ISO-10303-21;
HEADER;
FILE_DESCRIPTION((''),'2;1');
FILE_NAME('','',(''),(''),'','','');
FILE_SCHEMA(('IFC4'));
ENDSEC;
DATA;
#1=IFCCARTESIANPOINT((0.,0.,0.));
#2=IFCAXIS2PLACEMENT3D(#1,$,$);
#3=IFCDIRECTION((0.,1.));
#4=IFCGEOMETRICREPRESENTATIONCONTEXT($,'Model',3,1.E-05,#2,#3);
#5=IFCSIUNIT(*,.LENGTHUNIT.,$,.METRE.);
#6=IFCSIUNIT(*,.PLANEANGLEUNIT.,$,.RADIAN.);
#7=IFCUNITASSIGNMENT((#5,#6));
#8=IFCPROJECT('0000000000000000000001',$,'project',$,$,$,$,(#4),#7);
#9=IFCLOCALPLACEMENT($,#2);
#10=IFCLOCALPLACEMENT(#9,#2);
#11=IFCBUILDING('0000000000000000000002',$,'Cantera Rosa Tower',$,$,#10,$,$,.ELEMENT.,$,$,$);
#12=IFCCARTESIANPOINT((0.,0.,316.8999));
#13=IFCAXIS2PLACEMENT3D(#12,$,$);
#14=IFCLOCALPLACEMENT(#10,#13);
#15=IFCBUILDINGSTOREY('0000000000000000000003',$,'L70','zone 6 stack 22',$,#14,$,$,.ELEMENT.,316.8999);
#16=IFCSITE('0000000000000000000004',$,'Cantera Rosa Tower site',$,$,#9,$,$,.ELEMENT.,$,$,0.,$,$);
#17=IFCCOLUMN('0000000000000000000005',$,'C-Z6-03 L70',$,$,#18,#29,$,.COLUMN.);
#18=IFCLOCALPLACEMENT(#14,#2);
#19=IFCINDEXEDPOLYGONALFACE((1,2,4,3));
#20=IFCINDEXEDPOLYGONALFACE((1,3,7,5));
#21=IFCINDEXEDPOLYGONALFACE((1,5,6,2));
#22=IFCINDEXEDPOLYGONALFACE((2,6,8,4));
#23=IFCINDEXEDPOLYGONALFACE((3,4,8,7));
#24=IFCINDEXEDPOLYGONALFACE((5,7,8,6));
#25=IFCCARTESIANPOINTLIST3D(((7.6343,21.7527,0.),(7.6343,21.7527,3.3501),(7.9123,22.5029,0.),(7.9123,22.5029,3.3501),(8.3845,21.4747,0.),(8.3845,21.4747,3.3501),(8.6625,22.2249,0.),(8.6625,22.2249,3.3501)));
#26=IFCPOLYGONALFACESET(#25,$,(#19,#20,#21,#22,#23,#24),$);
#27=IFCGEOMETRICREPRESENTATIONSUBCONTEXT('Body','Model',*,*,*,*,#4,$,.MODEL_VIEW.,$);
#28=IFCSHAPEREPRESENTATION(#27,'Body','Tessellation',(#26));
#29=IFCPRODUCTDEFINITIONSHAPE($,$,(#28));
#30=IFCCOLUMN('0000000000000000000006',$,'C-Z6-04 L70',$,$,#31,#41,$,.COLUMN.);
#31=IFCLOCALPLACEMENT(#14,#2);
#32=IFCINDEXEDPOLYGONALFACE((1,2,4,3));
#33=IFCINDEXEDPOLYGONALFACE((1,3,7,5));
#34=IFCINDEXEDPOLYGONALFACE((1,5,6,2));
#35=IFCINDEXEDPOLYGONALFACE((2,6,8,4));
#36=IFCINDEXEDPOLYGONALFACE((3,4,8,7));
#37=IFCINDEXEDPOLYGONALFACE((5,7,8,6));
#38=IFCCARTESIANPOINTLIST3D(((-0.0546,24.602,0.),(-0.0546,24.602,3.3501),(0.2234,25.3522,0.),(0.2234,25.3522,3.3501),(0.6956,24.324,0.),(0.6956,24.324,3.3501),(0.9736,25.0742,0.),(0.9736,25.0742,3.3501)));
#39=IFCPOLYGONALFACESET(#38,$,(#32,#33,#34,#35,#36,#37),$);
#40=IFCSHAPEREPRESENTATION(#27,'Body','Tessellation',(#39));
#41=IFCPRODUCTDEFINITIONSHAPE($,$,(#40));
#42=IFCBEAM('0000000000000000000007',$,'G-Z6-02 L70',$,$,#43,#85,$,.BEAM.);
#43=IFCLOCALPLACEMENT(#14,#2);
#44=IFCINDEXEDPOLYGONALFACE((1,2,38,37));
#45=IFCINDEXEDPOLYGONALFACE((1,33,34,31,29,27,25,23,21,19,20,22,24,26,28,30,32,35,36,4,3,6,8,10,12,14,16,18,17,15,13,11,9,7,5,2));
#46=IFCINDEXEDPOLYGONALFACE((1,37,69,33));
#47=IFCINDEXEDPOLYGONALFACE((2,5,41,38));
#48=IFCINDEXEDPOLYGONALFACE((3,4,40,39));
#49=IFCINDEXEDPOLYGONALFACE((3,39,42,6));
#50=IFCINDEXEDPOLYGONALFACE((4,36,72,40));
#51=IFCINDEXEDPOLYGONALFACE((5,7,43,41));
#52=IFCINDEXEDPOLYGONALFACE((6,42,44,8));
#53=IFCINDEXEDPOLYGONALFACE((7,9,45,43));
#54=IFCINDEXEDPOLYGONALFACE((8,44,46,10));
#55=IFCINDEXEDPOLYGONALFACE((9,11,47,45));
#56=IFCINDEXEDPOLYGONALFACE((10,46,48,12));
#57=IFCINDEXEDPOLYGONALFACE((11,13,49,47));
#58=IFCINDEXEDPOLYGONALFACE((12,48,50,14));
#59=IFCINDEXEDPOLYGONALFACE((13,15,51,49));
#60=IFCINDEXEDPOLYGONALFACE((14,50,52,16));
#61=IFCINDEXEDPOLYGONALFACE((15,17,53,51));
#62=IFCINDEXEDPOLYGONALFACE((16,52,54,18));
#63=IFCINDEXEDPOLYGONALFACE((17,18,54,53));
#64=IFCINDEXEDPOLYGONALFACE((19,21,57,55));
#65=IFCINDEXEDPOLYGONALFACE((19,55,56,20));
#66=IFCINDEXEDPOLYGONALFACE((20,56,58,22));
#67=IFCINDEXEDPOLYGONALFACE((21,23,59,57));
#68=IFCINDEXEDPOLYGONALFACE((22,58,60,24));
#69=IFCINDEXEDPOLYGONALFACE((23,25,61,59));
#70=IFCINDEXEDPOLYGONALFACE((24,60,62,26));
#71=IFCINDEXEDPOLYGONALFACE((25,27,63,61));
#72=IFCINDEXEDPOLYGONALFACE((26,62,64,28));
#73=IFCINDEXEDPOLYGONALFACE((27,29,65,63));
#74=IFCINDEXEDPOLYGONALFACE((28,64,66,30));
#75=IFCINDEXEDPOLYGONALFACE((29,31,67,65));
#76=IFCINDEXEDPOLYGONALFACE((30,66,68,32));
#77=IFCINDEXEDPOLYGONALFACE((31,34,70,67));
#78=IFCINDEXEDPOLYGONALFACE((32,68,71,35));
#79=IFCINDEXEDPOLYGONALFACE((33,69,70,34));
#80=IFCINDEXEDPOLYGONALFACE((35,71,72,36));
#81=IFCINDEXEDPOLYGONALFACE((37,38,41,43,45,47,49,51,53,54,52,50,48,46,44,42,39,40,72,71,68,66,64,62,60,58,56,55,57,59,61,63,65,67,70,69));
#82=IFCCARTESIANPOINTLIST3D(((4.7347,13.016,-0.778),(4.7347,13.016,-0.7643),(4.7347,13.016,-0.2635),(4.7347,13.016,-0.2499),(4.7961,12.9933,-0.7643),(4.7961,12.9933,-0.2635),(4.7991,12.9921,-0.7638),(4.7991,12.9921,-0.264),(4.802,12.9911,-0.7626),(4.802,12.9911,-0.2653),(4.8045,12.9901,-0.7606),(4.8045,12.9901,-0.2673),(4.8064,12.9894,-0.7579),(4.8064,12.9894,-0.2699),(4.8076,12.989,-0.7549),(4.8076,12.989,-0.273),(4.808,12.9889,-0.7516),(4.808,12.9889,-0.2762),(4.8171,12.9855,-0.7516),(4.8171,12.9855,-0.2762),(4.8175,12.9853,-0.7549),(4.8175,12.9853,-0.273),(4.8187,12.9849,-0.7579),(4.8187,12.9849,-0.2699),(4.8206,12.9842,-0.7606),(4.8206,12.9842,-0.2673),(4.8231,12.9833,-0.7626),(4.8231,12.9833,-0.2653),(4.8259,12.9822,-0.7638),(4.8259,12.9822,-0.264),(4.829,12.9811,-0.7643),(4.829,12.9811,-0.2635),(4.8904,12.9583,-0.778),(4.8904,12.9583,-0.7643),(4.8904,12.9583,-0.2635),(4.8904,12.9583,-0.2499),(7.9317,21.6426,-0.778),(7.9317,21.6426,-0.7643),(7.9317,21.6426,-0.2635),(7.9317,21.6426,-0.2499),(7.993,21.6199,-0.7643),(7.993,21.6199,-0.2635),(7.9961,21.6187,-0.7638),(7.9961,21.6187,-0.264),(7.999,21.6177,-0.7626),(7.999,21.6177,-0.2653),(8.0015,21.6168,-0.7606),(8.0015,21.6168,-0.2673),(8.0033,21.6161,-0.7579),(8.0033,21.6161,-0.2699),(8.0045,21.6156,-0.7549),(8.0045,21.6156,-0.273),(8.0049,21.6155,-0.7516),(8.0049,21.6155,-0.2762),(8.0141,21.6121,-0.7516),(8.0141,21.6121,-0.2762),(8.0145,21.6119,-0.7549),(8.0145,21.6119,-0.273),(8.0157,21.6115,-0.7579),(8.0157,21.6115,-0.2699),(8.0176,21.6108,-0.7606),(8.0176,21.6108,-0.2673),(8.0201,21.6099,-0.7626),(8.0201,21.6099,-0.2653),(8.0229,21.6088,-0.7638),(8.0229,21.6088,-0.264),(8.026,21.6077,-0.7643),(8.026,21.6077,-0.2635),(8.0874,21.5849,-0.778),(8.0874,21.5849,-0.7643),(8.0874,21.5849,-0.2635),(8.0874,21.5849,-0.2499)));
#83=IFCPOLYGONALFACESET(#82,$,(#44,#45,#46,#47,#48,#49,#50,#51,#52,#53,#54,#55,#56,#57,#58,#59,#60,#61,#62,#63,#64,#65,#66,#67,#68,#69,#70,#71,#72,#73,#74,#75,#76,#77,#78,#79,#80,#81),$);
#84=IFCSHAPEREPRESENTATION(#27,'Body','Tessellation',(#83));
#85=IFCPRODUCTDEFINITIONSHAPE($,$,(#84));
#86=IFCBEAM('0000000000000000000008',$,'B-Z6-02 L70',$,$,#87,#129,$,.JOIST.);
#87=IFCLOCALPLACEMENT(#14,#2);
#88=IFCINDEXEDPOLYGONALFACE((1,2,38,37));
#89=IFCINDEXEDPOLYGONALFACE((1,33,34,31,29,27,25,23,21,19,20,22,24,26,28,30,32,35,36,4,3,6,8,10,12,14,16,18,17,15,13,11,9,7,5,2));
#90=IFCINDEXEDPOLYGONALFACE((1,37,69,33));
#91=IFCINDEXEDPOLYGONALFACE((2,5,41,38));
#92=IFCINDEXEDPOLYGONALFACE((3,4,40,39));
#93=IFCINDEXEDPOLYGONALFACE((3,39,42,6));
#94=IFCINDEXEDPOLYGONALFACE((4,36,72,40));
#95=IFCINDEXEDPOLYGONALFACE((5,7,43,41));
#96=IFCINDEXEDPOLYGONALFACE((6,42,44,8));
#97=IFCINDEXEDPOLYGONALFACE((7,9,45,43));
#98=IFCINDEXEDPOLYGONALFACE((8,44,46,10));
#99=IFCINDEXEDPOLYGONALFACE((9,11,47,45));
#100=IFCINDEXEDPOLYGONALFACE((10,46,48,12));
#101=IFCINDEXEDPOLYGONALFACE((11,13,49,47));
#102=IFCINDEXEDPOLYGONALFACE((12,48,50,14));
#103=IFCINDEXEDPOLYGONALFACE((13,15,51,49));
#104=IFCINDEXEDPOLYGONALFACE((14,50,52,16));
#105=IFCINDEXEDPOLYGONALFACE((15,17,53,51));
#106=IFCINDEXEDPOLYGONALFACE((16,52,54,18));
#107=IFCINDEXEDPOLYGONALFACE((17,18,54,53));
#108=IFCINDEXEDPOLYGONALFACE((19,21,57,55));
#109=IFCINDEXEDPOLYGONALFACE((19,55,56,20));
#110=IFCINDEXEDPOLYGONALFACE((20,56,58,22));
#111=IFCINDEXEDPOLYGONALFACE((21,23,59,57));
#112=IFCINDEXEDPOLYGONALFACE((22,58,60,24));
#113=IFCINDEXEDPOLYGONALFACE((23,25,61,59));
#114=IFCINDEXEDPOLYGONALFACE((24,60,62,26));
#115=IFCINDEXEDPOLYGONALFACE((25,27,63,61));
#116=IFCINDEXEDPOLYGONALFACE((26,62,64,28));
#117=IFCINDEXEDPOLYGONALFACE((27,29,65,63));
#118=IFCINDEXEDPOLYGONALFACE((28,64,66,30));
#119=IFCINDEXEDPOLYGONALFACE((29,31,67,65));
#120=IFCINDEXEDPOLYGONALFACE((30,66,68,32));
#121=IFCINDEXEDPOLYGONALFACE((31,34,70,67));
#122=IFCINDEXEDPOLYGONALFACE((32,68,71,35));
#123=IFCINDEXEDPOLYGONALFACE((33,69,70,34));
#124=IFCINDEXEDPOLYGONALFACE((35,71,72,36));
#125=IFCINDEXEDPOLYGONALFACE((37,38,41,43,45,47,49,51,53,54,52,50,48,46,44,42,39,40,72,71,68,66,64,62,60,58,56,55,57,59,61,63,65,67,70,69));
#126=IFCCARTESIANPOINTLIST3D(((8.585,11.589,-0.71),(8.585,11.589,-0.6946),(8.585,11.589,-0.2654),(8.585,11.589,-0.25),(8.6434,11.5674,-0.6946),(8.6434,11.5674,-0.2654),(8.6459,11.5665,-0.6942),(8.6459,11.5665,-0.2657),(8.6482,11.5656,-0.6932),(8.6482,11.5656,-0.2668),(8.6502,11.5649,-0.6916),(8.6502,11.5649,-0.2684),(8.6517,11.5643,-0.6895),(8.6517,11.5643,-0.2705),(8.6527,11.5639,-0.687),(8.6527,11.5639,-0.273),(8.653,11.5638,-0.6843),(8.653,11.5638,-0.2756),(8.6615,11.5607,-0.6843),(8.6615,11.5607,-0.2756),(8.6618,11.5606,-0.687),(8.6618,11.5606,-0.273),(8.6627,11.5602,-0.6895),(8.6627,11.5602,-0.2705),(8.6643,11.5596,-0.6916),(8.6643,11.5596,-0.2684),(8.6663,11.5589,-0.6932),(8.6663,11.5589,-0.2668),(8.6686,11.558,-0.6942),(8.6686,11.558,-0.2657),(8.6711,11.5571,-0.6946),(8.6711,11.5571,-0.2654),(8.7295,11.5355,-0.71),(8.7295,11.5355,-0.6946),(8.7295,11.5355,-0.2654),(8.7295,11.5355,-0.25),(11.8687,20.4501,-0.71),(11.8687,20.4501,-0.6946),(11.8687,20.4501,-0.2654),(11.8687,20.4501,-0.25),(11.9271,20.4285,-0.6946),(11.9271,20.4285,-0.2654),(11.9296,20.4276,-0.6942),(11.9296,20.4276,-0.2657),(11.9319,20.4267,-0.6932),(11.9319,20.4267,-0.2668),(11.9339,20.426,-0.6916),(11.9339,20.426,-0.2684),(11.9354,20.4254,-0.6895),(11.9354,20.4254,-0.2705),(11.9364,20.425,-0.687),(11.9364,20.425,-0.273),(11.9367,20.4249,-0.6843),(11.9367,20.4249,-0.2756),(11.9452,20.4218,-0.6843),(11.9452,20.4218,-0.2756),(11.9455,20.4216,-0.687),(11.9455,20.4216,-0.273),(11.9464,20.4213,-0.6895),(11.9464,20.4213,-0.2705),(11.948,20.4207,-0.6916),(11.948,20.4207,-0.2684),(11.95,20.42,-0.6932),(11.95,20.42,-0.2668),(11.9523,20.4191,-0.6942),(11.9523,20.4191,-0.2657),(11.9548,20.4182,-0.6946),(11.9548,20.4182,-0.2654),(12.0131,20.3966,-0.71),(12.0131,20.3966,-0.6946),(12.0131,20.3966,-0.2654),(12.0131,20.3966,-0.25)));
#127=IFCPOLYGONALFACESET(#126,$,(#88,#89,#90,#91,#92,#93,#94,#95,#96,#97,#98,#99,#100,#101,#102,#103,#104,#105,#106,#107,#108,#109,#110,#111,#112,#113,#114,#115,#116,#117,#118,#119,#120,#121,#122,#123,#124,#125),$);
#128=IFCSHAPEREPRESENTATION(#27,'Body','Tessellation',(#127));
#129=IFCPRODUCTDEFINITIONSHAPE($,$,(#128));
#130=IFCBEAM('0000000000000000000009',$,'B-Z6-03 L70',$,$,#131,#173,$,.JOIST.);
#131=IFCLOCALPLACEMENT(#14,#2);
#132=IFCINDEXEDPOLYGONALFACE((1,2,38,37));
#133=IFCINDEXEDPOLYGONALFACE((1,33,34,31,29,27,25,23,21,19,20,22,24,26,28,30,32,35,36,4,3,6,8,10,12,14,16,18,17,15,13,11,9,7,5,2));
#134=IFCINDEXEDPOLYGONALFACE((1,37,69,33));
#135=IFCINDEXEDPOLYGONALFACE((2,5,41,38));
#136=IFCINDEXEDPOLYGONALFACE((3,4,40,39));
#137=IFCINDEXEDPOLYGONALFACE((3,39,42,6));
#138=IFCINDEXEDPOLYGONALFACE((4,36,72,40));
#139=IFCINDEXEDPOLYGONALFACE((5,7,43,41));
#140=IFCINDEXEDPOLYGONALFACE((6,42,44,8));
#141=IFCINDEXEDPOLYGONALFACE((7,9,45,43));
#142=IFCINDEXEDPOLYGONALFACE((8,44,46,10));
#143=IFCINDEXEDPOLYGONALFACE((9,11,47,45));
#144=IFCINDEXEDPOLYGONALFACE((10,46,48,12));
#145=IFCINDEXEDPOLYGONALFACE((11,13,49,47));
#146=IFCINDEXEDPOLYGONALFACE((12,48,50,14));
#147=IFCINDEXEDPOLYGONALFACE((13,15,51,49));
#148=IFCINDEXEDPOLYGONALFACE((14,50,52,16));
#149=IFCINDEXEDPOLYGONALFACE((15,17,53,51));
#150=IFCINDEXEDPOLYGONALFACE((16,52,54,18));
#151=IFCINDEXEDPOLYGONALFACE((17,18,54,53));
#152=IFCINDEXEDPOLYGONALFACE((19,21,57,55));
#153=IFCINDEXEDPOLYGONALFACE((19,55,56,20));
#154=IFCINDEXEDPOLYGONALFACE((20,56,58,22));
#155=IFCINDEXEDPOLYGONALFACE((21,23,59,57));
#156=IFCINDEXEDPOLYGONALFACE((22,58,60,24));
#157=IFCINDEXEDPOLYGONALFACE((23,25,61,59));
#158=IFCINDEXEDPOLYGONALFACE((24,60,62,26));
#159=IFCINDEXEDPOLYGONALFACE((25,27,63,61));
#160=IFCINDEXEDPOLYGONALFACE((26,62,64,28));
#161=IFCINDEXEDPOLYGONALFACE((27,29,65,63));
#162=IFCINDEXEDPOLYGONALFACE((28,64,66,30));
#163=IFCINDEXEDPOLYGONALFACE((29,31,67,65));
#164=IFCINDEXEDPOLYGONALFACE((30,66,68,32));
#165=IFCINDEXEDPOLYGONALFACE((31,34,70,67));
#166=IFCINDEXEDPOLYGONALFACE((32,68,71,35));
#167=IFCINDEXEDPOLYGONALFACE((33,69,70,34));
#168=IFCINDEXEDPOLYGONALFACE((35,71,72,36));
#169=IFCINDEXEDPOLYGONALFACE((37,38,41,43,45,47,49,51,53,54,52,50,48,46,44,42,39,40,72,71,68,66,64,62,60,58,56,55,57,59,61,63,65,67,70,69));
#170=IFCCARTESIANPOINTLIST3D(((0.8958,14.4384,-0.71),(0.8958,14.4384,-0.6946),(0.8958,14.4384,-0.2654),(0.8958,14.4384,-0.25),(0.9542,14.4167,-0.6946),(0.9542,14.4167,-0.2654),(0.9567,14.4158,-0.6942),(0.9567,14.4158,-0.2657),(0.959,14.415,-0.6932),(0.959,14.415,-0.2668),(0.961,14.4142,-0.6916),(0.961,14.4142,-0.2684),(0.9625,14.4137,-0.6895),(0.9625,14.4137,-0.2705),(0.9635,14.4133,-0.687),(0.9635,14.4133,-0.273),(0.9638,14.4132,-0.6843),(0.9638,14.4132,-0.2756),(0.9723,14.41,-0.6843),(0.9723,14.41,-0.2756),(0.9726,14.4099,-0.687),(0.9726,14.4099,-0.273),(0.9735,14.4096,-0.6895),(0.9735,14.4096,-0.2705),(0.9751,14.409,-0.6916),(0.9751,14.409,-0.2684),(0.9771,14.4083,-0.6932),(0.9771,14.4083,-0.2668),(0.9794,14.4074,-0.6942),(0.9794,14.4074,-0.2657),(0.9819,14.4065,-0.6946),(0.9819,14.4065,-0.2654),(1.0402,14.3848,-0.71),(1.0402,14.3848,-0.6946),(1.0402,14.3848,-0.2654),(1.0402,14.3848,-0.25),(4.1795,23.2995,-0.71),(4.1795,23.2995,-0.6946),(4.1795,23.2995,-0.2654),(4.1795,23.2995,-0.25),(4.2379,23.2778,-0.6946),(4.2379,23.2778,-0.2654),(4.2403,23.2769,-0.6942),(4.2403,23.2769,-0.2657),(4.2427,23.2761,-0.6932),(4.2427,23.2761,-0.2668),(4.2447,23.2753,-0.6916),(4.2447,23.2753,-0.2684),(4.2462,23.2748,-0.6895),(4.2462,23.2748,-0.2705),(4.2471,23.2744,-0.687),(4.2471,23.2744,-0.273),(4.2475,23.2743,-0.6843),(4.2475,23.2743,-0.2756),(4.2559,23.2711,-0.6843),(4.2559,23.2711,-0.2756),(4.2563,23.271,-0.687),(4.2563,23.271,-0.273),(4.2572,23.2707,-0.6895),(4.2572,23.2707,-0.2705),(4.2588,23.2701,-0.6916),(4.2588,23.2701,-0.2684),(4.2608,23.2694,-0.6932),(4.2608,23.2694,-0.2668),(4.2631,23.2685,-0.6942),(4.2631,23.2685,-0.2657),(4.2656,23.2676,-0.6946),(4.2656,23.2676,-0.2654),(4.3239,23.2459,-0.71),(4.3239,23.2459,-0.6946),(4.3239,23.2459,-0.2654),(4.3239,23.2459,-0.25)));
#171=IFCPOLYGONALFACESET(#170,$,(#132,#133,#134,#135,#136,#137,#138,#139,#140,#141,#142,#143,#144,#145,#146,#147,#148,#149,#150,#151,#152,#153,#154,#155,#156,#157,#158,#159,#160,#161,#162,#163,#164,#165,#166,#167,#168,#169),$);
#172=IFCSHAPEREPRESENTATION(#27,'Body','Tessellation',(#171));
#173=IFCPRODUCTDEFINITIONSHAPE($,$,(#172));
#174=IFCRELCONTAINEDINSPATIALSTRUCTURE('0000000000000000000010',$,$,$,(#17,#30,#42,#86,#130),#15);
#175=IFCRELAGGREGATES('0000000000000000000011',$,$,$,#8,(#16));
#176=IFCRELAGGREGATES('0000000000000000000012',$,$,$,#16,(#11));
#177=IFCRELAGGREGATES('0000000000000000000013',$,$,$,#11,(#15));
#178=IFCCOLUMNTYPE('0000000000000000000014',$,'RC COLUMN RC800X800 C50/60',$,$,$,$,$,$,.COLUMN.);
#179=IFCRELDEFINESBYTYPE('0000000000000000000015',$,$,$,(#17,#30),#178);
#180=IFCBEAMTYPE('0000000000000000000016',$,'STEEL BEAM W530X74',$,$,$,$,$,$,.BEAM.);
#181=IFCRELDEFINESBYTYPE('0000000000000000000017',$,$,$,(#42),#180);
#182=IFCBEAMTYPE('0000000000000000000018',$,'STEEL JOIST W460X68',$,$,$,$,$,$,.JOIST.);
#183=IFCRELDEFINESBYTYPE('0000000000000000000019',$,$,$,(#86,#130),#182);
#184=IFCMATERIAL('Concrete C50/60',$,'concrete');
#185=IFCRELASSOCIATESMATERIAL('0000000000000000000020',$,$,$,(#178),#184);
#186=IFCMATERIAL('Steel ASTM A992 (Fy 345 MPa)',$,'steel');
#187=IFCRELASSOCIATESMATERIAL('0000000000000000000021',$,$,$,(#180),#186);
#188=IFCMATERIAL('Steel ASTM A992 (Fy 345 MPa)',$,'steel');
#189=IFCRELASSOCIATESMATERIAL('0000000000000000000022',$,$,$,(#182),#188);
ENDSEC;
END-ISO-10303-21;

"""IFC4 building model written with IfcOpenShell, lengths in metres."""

from ifc_helpers import new_model, si_unit, direction, frame, origin, origin_2d, place, context, subcontext, project, spatial, rectangle, i_section, extrude, material, material_profile, profile_set, type_object, element, save


model = new_model("IFC4")

# Units and contexts
model_context = context("Model", 3, precision=1e-05, world=origin(), true_north=direction((0.0, 1.0)))
body_context = subcontext(model_context, "Body", "Model", "MODEL_VIEW")
ifc_project = project(units=[si_unit("LENGTHUNIT", "METRE"), si_unit("PLANEANGLEUNIT", "RADIAN")], contexts=[model_context])

# Site, building, storey
site_placement = place(None, origin())
site = spatial("IfcSite", under=ifc_project, at=site_placement, Name="Cantera Rosa Tower site", CompositionType="ELEMENT", RefElevation=0.0)
building_placement = place(site_placement, origin())
building = spatial("IfcBuilding", under=site, at=building_placement, Name="Cantera Rosa Tower", CompositionType="ELEMENT")
storey_placement = place(building_placement, frame((0.0, 0.0, 316.8999)))
storey = spatial("IfcBuildingStorey", under=building, at=storey_placement, Name="L70", Description="zone 6 stack 22", CompositionType="ELEMENT", Elevation=316.8999)

# Columns
ifc_material_1 = material(Name="Concrete C50/60", Category="concrete")
ifc_material_profile_1 = material_profile(ifc_material_1, rectangle(XDim=0.8, YDim=0.8, at=origin_2d()), Name="RC COLUMN RC800X800 C50/60")
ifc_profile_set_1 = profile_set([ifc_material_profile_1], Name="Concrete C50/60")
column_type = type_object("IfcColumnType", Name="RC COLUMN RC800X800 C50/60", PredefinedType="COLUMN", material=ifc_profile_set_1)
for number, where, z_axis, x_axis, name in (
    (1, (8.1484, 21.9888, 0.0), (0.0, 0.0, 1.0), (0.347481, 0.937687, 0.0), "C-Z6-03 L70"),
    (2, (0.4595, 24.8381, 0.0), (0.0, 0.0, 1.0), (0.347481, 0.937687, 0.0), "C-Z6-04 L70"),
):
    element("IfcColumn", number, at=place(storey_placement, frame(where, z_axis=z_axis, x_axis=x_axis)), inside=storey, type_object=column_type, Name=name, PredefinedType="COLUMN", context=body_context, shape_type="SweptSolid", body=[
        extrude(rectangle(XDim=0.8, YDim=0.8, at=origin_2d()), origin(), (0.0, 0.0, 1.0), 3.3501),
    ])

# Beams
ifc_material_2 = material(Name="Steel ASTM A992 (Fy 345 MPa)", Category="steel")
ifc_material_profile_2 = material_profile(ifc_material_2, i_section(OverallWidth=0.166, OverallDepth=0.5281, WebThickness=0.0098, FlangeThickness=0.0137, FilletRadius=0.0127, at=origin_2d()), Name="W530X74")
ifc_profile_set_2 = profile_set([ifc_material_profile_2], Name="Steel ASTM A992 (Fy 345 MPa)")
beam_type_1 = type_object("IfcBeamType", Name="STEEL BEAM W530X74", PredefinedType="BEAM", material=ifc_profile_set_2)
beam_1_placement = place(storey_placement, frame((8.0095, 21.6138, -0.5139), z_axis=(-0.3475, -0.93768, 0.0), x_axis=(0.93768, -0.3475, 0.0)))
element("IfcBeam", 3, at=beam_1_placement, inside=storey, type_object=beam_type_1, Name="G-Z6-02 L70", PredefinedType="BEAM", context=body_context, shape_type="SweptSolid", body=[
    extrude(i_section(OverallWidth=0.166, OverallDepth=0.5281, WebThickness=0.0098, FlangeThickness=0.0137, FilletRadius=0.0127, at=origin_2d()), origin(), (0.0, 0.0, 1.0), 9.2),
])
ifc_material_3 = material(Name="Steel ASTM A992 (Fy 345 MPa)", Category="steel")
ifc_material_profile_3 = material_profile(ifc_material_3, i_section(OverallWidth=0.1541, OverallDepth=0.46, WebThickness=0.009, FlangeThickness=0.0154, FilletRadius=0.0103, at=origin_2d()), Name="W460X68")
ifc_profile_set_3 = profile_set([ifc_material_profile_3], Name="Steel ASTM A992 (Fy 345 MPa)")
beam_type_2 = type_object("IfcBeamType", Name="STEEL JOIST W460X68", PredefinedType="JOIST", material=ifc_profile_set_3)
for number, where, z_axis, x_axis, name in (
    (4, (11.9409, 20.4233, -0.48), (-0.347483, -0.937686, 0.0), (0.937686, -0.347483, 0.0), "B-Z6-02 L70"),
    (5, (4.2517, 23.2727, -0.48), (-0.347483, -0.937686, 0.0), (0.937686, -0.347483, 0.0), "B-Z6-03 L70"),
):
    element("IfcBeam", number, at=place(storey_placement, frame(where, z_axis=z_axis, x_axis=x_axis)), inside=storey, type_object=beam_type_2, Name=name, PredefinedType="JOIST", context=body_context, shape_type="SweptSolid", body=[
        extrude(i_section(OverallWidth=0.1541, OverallDepth=0.46, WebThickness=0.009, FlangeThickness=0.0154, FilletRadius=0.0103, at=origin_2d()), origin(), (0.0, 0.0, 1.0), 9.45),
    ])

save(model, "model.ifc")
